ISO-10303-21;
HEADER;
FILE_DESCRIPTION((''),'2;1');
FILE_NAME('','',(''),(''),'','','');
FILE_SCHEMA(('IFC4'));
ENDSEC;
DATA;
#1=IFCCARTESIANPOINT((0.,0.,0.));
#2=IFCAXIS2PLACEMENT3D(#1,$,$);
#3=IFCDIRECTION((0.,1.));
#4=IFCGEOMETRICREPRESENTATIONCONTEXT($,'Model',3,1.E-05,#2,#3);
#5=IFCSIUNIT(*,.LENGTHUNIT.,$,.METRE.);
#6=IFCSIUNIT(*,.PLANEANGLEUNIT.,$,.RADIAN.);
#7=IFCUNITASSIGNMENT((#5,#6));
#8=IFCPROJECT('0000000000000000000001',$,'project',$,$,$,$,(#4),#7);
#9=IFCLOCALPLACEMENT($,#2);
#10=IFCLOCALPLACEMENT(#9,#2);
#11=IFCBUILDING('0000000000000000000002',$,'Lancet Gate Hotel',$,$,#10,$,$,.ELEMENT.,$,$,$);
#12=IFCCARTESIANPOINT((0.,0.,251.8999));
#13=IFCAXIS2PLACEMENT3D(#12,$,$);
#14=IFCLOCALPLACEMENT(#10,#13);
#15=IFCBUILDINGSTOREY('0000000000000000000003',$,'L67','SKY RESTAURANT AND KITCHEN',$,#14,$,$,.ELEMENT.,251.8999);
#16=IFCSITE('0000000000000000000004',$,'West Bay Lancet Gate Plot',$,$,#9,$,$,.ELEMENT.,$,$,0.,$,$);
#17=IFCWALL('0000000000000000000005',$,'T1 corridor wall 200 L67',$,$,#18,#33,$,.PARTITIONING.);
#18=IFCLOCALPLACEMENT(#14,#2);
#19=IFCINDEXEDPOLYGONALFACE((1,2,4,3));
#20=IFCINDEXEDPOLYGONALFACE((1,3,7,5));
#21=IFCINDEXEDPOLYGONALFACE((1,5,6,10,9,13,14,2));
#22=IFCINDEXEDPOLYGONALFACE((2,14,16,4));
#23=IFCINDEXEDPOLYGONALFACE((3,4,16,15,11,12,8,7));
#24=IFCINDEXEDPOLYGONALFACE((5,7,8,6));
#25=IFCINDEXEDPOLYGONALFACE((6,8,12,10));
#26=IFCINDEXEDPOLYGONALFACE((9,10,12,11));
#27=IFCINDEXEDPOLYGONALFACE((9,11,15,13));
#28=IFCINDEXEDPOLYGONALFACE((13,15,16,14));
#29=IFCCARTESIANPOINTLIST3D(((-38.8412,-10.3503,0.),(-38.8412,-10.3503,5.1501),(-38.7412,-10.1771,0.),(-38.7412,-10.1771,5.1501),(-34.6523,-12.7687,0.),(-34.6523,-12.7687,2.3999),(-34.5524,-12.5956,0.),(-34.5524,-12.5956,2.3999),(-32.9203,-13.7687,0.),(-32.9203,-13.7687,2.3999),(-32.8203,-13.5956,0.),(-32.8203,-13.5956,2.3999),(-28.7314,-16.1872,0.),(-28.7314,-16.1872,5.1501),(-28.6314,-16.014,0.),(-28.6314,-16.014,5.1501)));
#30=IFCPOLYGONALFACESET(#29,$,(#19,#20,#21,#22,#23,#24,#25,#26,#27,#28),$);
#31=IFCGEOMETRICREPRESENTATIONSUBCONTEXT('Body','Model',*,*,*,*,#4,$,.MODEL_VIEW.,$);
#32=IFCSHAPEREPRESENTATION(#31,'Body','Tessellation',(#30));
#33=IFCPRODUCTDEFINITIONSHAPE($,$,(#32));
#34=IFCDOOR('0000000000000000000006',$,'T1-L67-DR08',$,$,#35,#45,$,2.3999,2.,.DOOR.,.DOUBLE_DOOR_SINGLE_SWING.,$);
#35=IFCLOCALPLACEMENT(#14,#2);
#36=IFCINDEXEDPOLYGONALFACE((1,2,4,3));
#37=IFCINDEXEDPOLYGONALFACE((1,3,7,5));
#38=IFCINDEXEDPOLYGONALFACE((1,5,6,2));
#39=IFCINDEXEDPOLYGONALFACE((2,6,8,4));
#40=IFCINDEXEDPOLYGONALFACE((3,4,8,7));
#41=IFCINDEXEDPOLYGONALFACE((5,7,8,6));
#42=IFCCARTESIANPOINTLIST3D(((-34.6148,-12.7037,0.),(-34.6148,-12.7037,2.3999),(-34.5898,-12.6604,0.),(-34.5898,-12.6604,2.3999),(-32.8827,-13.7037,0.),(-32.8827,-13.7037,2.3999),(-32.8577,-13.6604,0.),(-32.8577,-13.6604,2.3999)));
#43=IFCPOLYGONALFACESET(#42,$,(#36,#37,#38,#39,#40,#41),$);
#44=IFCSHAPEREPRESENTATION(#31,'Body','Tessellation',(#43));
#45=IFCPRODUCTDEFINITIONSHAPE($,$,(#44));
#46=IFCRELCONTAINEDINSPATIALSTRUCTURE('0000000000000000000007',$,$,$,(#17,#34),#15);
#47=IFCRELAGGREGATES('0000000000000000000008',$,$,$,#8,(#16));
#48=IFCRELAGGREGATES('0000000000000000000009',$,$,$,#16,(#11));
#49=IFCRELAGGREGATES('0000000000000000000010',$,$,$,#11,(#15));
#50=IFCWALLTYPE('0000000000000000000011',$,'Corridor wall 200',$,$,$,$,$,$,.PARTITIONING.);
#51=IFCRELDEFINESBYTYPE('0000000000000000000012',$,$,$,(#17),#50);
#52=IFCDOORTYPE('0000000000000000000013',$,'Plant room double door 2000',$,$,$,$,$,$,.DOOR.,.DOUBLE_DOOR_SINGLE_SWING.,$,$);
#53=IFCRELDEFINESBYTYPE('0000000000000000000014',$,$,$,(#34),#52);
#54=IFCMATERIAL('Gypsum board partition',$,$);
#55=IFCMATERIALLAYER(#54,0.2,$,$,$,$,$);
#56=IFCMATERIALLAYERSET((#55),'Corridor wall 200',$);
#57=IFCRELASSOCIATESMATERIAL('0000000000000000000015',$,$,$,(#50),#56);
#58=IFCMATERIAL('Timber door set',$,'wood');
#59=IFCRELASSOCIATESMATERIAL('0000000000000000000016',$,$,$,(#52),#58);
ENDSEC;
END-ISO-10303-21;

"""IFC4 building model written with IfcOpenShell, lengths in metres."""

from ifc_helpers import new_model, si_unit, direction, frame, frame_2d, origin, place, context, subcontext, project, spatial, rectangle, extrude, material, layer, layer_set, type_object, element, fill, save


model = new_model("IFC4")

# Units and contexts
model_context = context("Model", 3, precision=1e-05, world=origin(), true_north=direction((0.0, 1.0)))
body_context = subcontext(model_context, "Body", "Model", "MODEL_VIEW")
ifc_project = project(units=[si_unit("LENGTHUNIT", "METRE"), si_unit("PLANEANGLEUNIT", "RADIAN")], contexts=[model_context])

# Site, building, storey
site_placement = place(None, origin())
site = spatial("IfcSite", under=ifc_project, at=site_placement, Name="West Bay Lancet Gate Plot", CompositionType="ELEMENT", RefElevation=0.0)
building_placement = place(site_placement, origin())
building = spatial("IfcBuilding", under=site, at=building_placement, Name="Lancet Gate Hotel", CompositionType="ELEMENT")
storey_placement = place(building_placement, frame((0.0, 0.0, 251.8999)))
storey = spatial("IfcBuildingStorey", under=building, at=storey_placement, Name="L67", Description="SKY RESTAURANT AND KITCHEN", CompositionType="ELEMENT", Elevation=251.8999)

# Wall, opening, door
ifc_material_1 = material(Name="Gypsum board partition")
ifc_layer_1 = layer(ifc_material_1, 0.2)
ifc_layer_set_1 = layer_set([ifc_layer_1], Name="Corridor wall 200")
wall_type_1 = type_object("IfcWallType", Name="Corridor wall 200", PredefinedType="PARTITIONING", material=ifc_layer_set_1)
wall_1_placement = place(storey_placement, frame((-28.6814, -16.1006, 0.0), z_axis=(0.0, 0.0, 1.0), x_axis=(-0.866026, 0.499999, 0.0)))
wall_1 = element("IfcWall", 1, at=wall_1_placement, inside=storey, type_object=wall_type_1, Name="T1 corridor wall 200 L67", PredefinedType="PARTITIONING", context=body_context, shape_type="SweptSolid", body=[
    extrude(rectangle(XDim=11.6738, YDim=0.2, at=frame_2d((5.8369, 0.0))), origin(), (0.0, 0.0, 1.0), 5.1501),
])
opening_1_placement = place(wall_1_placement, frame((4.8369, 0.0, 0.0)))
opening_1 = element("IfcOpeningElement", 2, at=opening_1_placement, cuts=wall_1, PredefinedType="OPENING", context=body_context, shape_type="SweptSolid", body=[
    extrude(rectangle(XDim=2.0, YDim=2.3999, at=frame_2d((1.0, 1.2))), frame((0.0, 0.1099, 0.0), z_axis=(0.0, -1.0, 0.0), x_axis=(1.0, 0.0, 0.0)), (0.0, 0.0, 1.0), 0.22),
])
ifc_material_2 = material(Name="Timber door set", Category="wood")
door_type_1 = type_object("IfcDoorType", Name="Plant room double door 2000", OperationType="DOUBLE_DOOR_SINGLE_SWING", PredefinedType="DOOR", material=ifc_material_2)
door_1_placement = place(opening_1_placement, origin())
door_1 = element("IfcDoor", 3, at=door_1_placement, inside=storey, type_object=door_type_1, Name="T1-L67-DR08", OperationType="DOUBLE_DOOR_SINGLE_SWING", OverallHeight=2.3999, OverallWidth=2.0, PredefinedType="DOOR", context=body_context, shape_type="SweptSolid", body=[
    extrude(rectangle(XDim=2.0, YDim=2.3999, at=frame_2d((1.0, 1.2))), frame((0.0, 0.0249, 0.0), z_axis=(0.0, -1.0, 0.0), x_axis=(1.0, 0.0, 0.0)), (0.0, 0.0, 1.0), 0.05),
])
fill(opening_1, door_1)

save(model, "model.ifc")
